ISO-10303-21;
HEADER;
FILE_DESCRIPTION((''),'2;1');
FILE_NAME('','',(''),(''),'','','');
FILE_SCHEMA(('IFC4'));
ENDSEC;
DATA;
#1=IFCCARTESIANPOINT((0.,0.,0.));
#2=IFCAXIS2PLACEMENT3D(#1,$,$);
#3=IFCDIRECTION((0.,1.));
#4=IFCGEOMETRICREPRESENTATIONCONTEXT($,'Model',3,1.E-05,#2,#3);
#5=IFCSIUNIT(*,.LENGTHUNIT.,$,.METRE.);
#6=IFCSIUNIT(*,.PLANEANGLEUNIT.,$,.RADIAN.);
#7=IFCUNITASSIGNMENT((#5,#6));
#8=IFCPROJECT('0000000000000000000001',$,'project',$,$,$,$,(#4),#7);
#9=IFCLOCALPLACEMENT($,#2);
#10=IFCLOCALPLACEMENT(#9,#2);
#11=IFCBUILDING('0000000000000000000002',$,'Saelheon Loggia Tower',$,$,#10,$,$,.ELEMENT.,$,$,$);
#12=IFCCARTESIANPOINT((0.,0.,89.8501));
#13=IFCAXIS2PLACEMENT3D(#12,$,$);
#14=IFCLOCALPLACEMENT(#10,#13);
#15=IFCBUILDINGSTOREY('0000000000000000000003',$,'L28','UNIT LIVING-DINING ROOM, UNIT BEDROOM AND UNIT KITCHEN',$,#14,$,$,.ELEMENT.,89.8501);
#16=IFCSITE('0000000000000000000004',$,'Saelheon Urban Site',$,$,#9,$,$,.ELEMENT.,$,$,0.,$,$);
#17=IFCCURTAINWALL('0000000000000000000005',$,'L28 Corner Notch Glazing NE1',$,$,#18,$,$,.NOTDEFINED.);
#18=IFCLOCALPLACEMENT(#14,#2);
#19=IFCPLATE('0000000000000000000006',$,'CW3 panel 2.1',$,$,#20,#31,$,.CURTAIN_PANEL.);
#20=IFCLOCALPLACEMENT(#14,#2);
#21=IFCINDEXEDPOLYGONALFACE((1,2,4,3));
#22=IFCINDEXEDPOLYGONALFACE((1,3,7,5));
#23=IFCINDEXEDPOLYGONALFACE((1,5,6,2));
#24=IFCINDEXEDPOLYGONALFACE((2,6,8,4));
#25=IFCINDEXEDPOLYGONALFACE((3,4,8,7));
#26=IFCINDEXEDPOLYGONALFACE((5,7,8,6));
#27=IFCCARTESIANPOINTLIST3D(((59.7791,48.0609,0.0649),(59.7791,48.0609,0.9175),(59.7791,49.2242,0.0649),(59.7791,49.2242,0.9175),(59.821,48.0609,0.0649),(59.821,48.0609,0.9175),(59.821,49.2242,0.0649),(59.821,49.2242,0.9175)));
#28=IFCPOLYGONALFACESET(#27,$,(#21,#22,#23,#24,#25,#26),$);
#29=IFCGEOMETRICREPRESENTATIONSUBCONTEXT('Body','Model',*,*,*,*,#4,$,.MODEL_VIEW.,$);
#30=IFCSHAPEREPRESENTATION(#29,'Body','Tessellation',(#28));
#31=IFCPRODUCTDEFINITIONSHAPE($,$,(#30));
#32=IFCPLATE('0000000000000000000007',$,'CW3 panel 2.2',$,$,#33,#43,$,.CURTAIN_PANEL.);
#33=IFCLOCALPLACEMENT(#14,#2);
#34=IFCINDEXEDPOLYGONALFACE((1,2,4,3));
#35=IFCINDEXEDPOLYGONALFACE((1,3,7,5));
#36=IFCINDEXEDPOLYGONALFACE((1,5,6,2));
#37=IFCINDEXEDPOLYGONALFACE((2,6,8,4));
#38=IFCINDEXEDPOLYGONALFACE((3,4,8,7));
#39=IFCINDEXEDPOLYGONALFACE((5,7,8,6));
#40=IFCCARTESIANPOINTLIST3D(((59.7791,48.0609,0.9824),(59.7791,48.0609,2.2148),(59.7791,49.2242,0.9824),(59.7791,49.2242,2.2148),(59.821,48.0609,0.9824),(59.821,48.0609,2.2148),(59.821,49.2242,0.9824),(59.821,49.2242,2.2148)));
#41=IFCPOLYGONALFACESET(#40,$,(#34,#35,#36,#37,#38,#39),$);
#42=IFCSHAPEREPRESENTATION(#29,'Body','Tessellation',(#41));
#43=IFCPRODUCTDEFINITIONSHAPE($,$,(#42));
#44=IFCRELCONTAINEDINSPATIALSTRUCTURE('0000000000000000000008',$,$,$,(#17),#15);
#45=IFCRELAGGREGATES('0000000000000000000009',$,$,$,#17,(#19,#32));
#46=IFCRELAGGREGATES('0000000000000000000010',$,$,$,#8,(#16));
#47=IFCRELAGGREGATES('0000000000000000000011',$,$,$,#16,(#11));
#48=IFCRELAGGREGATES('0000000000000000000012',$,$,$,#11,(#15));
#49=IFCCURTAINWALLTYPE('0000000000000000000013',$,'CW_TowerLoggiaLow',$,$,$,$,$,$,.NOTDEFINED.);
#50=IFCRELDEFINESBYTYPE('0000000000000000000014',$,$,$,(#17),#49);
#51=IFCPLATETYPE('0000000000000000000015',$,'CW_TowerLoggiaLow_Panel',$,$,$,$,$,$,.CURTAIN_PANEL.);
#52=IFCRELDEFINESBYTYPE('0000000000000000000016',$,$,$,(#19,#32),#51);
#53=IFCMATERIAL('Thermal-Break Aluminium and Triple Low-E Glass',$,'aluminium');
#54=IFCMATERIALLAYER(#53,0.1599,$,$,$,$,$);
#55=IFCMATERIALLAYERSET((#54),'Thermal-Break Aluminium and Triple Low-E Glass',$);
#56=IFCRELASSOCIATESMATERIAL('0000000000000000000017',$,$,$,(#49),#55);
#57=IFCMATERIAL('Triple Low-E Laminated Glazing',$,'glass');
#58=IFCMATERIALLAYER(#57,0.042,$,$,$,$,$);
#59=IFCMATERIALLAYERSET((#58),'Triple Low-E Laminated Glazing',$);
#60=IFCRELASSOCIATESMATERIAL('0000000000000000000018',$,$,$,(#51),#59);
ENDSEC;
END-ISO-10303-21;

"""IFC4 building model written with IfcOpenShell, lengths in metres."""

from ifc_helpers import new_model, si_unit, direction, frame, origin, origin_2d, place, context, subcontext, project, spatial, rectangle, extrude, source, transform, mapped, material, layer, layer_set, type_object, element, aggregate, save


model = new_model("IFC4")

# Units and contexts
model_context = context("Model", 3, precision=1e-05, world=origin(), true_north=direction((0.0, 1.0)))
body_context = subcontext(model_context, "Body", "Model", "MODEL_VIEW")
ifc_project = project(units=[si_unit("LENGTHUNIT", "METRE"), si_unit("PLANEANGLEUNIT", "RADIAN")], contexts=[model_context])

# Site, building, storey
site_placement = place(None, origin())
site = spatial("IfcSite", under=ifc_project, at=site_placement, Name="Saelheon Urban Site", CompositionType="ELEMENT", RefElevation=0.0)
building_placement = place(site_placement, origin())
building = spatial("IfcBuilding", under=site, at=building_placement, Name="Saelheon Loggia Tower", CompositionType="ELEMENT")
storey_placement = place(building_placement, frame((0.0, 0.0, 89.8501)))
storey = spatial("IfcBuildingStorey", under=building, at=storey_placement, Name="L28", Description="UNIT LIVING-DINING ROOM, UNIT BEDROOM AND UNIT KITCHEN", CompositionType="ELEMENT", Elevation=89.8501)

# Curtain wall
ifc_material_1 = material(Name="Thermal-Break Aluminium and Triple Low-E Glass", Category="aluminium")
ifc_layer_1 = layer(ifc_material_1, 0.1599)
ifc_layer_set_1 = layer_set([ifc_layer_1], Name="Thermal-Break Aluminium and Triple Low-E Glass")
curtain_wall_type = type_object("IfcCurtainWallType", Name="CW_TowerLoggiaLow", PredefinedType="NOTDEFINED", material=ifc_layer_set_1)
curtain_wall_1_placement = place(storey_placement, origin())
curtain_wall_1 = element("IfcCurtainWall", 1, at=curtain_wall_1_placement, inside=storey, type_object=curtain_wall_type, Name="L28 Corner Notch Glazing NE1", PredefinedType="NOTDEFINED")

# Plates
ifc_material_2 = material(Name="Triple Low-E Laminated Glazing", Category="glass")
ifc_layer_2 = layer(ifc_material_2, 0.042)
ifc_layer_set_2 = layer_set([ifc_layer_2], Name="Triple Low-E Laminated Glazing")
plate_type = type_object("IfcPlateType", Name="CW_TowerLoggiaLow_Panel", PredefinedType="CURTAIN_PANEL", material=ifc_layer_set_2)
shared_shape_1 = source(origin(), body_context, "Body", "SweptSolid", [
    extrude(rectangle(XDim=1.1633, YDim=0.042, at=origin_2d()), origin(), (0.0, 0.0, 1.0), 0.8525),
])
plate_1_placement = place(storey_placement, frame((59.8, 48.6426, 0.0649), z_axis=(0.0, 0.0, 1.0), x_axis=(0.0, 1.0, 0.0)))
plate_1 = element("IfcPlate", 2, at=plate_1_placement, type_object=plate_type, Name="CW3 panel 2.1", PredefinedType="CURTAIN_PANEL", context=body_context, shape_type="MappedRepresentation", body=[
    mapped(shared_shape_1, transform((0.0, 0.0, 0.0), scale=1.0)),
])
shared_shape_2 = source(origin(), body_context, "Body", "SweptSolid", [
    extrude(rectangle(XDim=1.1633, YDim=0.042, at=origin_2d()), origin(), (0.0, 0.0, 1.0), 1.2324),
])
plate_2_placement = place(storey_placement, frame((59.8, 48.6426, 0.9824), z_axis=(0.0, 0.0, 1.0), x_axis=(0.0, 1.0, 0.0)))
plate_2 = element("IfcPlate", 3, at=plate_2_placement, type_object=plate_type, Name="CW3 panel 2.2", PredefinedType="CURTAIN_PANEL", context=body_context, shape_type="MappedRepresentation", body=[
    mapped(shared_shape_2, transform((0.0, 0.0, 0.0), scale=1.0)),
])
aggregate(curtain_wall_1, [plate_1, plate_2])

save(model, "model.ifc")
